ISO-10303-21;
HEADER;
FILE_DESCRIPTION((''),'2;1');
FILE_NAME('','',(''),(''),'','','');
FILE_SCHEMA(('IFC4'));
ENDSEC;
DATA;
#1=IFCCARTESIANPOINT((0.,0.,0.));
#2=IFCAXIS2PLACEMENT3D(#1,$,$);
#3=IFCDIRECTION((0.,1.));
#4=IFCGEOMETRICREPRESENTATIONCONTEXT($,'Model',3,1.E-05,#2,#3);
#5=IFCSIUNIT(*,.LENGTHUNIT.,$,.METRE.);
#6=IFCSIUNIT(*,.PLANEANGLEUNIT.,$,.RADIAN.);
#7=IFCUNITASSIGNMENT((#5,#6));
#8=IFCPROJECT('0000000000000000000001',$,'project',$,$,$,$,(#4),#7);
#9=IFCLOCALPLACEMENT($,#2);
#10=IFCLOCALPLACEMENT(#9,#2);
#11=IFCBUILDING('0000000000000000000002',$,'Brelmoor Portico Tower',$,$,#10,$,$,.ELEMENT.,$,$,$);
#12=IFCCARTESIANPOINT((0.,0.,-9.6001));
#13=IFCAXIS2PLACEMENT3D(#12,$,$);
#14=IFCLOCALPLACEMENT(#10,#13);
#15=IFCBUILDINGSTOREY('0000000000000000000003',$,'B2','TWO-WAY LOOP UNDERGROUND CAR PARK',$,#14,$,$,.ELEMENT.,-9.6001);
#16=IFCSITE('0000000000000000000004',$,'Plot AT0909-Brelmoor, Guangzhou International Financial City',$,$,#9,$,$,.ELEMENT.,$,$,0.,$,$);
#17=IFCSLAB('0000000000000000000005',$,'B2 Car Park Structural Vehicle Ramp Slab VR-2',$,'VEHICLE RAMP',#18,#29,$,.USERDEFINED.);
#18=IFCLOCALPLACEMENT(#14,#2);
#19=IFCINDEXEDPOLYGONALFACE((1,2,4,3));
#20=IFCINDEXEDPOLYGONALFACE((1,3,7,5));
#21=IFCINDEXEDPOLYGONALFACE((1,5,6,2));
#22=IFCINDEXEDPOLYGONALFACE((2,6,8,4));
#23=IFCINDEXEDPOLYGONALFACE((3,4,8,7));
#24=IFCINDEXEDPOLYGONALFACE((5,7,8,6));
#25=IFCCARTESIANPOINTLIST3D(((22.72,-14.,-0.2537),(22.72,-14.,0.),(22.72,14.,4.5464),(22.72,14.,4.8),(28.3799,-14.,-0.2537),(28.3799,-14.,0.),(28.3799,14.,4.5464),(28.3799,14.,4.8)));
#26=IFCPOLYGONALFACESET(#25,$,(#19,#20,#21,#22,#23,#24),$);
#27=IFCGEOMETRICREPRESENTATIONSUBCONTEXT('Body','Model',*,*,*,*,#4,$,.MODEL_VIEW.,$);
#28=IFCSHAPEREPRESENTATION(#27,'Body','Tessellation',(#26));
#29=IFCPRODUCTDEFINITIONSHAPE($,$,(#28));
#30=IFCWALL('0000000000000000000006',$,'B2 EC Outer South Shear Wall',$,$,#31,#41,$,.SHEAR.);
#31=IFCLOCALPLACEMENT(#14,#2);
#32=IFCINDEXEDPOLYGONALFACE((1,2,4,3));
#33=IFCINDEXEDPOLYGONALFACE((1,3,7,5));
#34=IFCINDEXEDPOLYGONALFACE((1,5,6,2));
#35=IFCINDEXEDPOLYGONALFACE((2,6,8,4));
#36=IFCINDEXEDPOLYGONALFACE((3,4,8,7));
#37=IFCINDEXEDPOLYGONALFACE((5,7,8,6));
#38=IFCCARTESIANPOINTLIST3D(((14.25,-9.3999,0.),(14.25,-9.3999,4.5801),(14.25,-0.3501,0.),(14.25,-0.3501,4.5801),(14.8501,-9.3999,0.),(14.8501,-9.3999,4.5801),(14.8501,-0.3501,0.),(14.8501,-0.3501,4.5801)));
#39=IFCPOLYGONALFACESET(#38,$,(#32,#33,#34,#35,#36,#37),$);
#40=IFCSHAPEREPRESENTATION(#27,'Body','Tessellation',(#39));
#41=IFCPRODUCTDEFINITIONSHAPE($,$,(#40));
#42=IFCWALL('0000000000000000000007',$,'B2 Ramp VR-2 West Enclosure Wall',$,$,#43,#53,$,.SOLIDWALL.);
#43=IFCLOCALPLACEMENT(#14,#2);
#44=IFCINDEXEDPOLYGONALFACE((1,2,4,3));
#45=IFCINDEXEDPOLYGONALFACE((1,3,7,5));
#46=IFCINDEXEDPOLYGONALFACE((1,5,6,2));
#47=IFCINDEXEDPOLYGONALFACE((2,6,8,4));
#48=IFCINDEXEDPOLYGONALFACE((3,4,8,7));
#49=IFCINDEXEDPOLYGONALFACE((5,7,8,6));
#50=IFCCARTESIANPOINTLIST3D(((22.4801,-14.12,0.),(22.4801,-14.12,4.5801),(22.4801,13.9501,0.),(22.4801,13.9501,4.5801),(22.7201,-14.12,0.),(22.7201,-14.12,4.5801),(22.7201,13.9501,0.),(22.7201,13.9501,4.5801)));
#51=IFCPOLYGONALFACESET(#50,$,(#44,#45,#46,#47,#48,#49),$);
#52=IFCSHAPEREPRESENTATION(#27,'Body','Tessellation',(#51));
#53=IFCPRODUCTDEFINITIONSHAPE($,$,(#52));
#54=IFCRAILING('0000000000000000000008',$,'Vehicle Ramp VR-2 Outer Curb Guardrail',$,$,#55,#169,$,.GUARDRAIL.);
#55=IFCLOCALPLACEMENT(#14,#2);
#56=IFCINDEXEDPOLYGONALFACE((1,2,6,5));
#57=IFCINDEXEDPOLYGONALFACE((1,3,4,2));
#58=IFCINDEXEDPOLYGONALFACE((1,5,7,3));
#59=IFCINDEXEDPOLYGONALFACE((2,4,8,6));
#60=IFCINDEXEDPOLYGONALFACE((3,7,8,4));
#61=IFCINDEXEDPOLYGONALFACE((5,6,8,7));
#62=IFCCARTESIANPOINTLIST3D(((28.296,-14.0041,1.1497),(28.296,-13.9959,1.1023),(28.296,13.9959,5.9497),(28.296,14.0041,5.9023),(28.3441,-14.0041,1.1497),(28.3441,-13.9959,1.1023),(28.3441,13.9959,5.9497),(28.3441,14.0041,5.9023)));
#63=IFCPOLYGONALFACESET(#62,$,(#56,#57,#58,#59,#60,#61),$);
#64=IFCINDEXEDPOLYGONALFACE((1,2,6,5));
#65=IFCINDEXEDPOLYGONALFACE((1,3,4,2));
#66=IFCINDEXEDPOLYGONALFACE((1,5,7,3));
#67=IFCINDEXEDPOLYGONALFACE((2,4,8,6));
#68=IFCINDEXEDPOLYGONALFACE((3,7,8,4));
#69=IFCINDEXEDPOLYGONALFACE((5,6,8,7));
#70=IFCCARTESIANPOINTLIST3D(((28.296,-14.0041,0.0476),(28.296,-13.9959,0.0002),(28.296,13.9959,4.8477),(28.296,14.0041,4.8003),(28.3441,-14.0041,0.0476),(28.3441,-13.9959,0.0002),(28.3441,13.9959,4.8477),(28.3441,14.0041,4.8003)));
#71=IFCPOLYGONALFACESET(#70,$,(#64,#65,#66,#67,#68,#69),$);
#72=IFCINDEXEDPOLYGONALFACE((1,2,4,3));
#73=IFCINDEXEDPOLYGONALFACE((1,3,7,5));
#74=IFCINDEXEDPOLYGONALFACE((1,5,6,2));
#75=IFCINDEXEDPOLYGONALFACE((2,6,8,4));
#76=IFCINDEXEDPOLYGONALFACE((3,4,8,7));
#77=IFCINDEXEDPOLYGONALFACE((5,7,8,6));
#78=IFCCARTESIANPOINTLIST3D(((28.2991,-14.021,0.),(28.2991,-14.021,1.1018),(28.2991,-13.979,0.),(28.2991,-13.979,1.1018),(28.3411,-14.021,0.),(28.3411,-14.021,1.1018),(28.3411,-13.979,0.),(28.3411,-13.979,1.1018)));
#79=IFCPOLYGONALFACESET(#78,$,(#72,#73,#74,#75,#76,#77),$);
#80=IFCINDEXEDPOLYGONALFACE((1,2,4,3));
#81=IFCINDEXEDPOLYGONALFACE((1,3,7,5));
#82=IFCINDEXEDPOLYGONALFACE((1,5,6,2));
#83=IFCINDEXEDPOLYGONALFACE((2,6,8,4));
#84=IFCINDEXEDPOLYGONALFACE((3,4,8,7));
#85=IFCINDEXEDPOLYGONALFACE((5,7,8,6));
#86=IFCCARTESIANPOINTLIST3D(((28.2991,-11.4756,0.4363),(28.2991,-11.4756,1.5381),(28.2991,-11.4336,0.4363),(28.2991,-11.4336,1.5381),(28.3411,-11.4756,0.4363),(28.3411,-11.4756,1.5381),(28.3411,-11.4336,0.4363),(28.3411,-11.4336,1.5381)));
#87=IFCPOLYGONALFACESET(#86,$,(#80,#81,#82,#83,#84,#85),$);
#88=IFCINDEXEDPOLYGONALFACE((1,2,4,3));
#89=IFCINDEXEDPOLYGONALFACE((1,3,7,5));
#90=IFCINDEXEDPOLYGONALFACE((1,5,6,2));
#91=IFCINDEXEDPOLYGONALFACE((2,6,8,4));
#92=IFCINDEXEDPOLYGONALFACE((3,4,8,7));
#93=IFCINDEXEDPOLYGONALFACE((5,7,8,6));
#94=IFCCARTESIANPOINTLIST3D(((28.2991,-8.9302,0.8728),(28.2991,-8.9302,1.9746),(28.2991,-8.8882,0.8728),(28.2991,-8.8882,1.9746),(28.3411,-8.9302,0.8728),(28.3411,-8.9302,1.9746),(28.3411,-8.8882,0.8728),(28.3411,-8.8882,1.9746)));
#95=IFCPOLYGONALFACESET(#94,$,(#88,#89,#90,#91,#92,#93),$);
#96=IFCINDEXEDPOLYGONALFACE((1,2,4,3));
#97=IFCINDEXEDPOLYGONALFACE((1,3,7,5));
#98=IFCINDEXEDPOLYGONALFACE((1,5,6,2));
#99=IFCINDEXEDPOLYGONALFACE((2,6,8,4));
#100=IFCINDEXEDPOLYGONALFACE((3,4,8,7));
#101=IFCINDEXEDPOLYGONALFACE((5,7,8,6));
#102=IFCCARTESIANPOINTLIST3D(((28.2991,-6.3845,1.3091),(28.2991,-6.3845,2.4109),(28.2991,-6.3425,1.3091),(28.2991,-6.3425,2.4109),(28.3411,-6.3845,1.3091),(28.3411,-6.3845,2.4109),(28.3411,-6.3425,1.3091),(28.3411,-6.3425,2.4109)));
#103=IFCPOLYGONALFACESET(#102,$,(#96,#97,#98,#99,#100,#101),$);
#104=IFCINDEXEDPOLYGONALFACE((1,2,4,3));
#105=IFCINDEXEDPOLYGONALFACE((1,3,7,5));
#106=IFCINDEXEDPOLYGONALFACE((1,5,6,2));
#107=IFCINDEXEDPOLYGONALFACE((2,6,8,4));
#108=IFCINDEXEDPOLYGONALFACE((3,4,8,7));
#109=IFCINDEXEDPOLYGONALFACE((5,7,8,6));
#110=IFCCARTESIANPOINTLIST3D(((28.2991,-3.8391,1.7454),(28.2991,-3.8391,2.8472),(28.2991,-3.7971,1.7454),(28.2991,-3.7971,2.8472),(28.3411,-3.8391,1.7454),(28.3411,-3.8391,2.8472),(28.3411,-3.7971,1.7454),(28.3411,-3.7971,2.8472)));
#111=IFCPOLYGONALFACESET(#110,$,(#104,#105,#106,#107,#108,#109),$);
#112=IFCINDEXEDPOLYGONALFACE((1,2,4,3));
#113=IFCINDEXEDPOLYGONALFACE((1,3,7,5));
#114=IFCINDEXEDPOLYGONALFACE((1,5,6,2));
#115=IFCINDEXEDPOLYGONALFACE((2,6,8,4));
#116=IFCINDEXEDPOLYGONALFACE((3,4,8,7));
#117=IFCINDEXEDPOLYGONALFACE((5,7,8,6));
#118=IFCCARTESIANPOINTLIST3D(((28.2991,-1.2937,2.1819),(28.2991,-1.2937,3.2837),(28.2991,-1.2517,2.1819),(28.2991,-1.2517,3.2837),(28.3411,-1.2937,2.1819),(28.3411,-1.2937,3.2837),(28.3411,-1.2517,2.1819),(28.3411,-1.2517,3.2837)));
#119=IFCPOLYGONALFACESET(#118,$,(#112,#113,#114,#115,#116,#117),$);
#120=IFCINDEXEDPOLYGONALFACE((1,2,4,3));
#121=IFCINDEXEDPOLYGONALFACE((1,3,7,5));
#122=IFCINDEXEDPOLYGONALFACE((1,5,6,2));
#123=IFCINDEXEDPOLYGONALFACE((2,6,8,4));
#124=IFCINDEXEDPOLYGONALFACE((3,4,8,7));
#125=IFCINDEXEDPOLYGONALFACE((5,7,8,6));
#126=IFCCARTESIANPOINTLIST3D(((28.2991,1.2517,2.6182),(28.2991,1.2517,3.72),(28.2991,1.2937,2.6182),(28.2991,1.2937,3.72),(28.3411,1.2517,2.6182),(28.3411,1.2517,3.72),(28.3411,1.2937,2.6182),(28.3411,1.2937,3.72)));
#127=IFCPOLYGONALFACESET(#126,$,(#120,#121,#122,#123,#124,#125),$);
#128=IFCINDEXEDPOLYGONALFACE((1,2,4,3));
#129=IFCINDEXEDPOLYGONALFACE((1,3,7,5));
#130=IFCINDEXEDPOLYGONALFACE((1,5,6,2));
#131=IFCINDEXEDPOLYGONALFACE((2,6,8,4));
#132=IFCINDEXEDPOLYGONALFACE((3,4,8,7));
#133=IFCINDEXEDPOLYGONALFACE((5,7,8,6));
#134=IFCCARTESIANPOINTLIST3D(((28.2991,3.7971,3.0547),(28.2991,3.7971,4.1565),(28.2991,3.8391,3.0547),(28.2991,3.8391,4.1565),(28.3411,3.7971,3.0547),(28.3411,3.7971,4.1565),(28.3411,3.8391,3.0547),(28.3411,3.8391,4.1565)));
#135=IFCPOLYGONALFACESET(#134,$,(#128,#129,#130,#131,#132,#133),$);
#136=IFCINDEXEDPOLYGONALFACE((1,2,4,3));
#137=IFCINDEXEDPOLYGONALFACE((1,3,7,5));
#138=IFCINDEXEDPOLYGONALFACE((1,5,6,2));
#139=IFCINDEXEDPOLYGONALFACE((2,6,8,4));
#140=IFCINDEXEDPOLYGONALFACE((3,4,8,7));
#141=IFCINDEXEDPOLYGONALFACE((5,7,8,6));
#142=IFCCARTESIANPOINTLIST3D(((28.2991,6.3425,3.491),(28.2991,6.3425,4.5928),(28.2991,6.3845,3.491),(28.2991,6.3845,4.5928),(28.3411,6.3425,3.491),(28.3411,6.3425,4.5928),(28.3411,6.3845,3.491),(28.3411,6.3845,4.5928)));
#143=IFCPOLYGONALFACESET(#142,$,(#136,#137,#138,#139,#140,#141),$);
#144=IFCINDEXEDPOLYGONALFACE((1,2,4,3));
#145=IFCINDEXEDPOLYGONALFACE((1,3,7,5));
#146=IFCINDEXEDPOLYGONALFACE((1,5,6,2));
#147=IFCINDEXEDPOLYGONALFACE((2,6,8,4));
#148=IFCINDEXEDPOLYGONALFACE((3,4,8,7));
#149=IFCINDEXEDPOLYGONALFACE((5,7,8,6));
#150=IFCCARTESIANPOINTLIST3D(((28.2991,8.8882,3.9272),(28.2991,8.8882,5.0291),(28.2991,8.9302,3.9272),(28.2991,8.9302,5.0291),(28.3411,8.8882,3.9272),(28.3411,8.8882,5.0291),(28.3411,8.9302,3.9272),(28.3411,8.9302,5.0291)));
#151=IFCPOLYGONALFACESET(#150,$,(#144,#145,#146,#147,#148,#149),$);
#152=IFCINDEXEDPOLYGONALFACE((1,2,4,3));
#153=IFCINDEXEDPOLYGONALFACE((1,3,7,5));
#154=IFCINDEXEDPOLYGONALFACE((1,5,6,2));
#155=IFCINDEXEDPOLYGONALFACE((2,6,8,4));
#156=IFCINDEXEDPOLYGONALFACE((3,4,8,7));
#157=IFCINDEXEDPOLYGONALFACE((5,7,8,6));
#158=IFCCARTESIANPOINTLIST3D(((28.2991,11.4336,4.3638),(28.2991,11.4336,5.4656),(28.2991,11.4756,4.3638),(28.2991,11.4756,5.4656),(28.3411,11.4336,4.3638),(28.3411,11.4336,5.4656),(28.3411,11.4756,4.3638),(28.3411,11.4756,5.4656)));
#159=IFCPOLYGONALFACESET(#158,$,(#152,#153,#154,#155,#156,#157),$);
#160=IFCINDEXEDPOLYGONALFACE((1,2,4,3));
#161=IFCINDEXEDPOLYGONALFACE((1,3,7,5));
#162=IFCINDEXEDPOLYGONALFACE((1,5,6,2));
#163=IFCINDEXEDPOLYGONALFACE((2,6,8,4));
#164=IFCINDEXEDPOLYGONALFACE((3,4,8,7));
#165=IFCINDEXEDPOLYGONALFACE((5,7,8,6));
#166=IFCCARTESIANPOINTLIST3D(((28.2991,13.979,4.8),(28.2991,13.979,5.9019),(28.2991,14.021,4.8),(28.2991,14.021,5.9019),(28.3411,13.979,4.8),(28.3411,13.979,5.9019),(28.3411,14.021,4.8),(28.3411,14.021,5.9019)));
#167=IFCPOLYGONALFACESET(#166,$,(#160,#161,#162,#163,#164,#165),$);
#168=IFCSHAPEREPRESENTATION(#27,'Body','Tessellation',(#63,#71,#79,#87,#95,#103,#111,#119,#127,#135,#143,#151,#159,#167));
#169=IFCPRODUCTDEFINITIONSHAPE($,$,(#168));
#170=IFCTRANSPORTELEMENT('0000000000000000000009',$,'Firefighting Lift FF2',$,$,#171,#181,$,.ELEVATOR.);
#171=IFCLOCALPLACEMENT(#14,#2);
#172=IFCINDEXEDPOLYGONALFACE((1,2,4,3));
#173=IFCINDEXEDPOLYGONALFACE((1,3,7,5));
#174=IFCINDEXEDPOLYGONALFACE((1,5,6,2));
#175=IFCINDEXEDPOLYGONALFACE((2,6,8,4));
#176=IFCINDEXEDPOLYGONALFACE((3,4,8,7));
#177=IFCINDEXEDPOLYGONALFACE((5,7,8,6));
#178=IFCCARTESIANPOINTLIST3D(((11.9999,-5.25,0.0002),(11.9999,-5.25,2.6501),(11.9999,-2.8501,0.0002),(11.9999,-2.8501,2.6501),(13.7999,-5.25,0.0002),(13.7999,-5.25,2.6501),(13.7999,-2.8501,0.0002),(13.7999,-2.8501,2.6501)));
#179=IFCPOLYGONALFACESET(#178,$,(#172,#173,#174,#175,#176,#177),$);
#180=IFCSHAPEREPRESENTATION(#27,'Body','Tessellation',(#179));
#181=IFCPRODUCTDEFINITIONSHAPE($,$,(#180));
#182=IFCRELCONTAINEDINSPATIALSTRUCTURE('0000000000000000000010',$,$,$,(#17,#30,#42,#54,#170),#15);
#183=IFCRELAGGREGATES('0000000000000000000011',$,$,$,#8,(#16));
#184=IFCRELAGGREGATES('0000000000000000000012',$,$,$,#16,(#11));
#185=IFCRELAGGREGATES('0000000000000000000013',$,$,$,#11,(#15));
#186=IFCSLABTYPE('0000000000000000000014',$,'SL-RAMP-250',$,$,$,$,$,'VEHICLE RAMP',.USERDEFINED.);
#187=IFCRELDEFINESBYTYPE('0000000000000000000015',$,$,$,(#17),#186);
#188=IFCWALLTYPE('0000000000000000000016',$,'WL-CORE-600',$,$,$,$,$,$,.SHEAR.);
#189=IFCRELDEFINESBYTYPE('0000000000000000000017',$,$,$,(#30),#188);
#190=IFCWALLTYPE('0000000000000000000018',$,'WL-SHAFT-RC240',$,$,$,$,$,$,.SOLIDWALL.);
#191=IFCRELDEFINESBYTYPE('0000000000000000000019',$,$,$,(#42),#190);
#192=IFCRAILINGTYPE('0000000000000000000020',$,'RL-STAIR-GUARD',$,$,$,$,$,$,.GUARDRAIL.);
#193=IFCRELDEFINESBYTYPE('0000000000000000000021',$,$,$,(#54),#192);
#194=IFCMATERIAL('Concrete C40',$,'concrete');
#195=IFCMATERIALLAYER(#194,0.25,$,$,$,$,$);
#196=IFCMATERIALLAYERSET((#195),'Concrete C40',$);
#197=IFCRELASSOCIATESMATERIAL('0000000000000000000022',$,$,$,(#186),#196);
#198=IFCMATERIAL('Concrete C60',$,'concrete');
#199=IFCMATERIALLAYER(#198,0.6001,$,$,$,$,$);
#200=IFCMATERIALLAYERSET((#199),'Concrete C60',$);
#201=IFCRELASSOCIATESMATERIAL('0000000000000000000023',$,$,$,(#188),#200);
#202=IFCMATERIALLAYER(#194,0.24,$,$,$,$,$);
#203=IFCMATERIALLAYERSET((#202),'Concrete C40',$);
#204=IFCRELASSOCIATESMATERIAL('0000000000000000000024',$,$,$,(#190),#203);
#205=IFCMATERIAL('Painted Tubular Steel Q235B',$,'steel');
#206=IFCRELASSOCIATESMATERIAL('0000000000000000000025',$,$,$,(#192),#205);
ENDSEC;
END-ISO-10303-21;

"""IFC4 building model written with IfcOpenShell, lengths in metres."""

from ifc_helpers import new_model, si_unit, direction, frame, frame_2d, origin, origin_2d, place, context, subcontext, project, spatial, polyline, rectangle, outline, extrude, material, layer, layer_set, type_object, element, save


model = new_model("IFC4")

# Units and contexts
model_context = context("Model", 3, precision=1e-05, world=origin(), true_north=direction((0.0, 1.0)))
body_context = subcontext(model_context, "Body", "Model", "MODEL_VIEW")
ifc_project = project(units=[si_unit("LENGTHUNIT", "METRE"), si_unit("PLANEANGLEUNIT", "RADIAN")], contexts=[model_context])

# Site, building, storey
site_placement = place(None, origin())
site = spatial("IfcSite", under=ifc_project, at=site_placement, Name="Plot AT0909-Brelmoor, Guangzhou International Financial City", CompositionType="ELEMENT", RefElevation=0.0)
building_placement = place(site_placement, origin())
building = spatial("IfcBuilding", under=site, at=building_placement, Name="Brelmoor Portico Tower", CompositionType="ELEMENT")
storey_placement = place(building_placement, frame((0.0, 0.0, -9.6001)))
storey = spatial("IfcBuildingStorey", under=building, at=storey_placement, Name="B2", Description="TWO-WAY LOOP UNDERGROUND CAR PARK", CompositionType="ELEMENT", Elevation=-9.6001)

# Slab
ifc_material_1 = material(Name="Concrete C40", Category="concrete")
ifc_layer_1 = layer(ifc_material_1, 0.25)
ifc_layer_set_1 = layer_set([ifc_layer_1], Name="Concrete C40")
slab_type = type_object("IfcSlabType", Name="SL-RAMP-250", ElementType="VEHICLE RAMP", PredefinedType="USERDEFINED", material=ifc_layer_set_1)
slab_placement = place(storey_placement, frame((22.72, -14.0, 0.0), z_axis=(0.0, -0.168965, 0.985622), x_axis=(1.0, 0.0, 0.0)))
element("IfcSlab", 1, at=slab_placement, inside=storey, type_object=slab_type, Name="B2 Car Park Structural Vehicle Ramp Slab VR-2", ObjectType="VEHICLE RAMP", PredefinedType="USERDEFINED", context=body_context, shape_type="SweptSolid", body=[
    extrude(outline(polyline([(0.0, 0.0), (5.6599, 0.0), (5.6599, 28.4085), (0.0, 28.4085), (0.0, 0.0)])), origin(), (0.0, -0.168965, -0.985622), 0.2537),
])

# Walls
ifc_material_2 = material(Name="Concrete C60", Category="concrete")
ifc_layer_2 = layer(ifc_material_2, 0.6001)
ifc_layer_set_2 = layer_set([ifc_layer_2], Name="Concrete C60")
wall_type_1 = type_object("IfcWallType", Name="WL-CORE-600", PredefinedType="SHEAR", material=ifc_layer_set_2)
wall_1_placement = place(storey_placement, frame((14.55, -9.3999, 0.0), z_axis=(0.0, 0.0, 1.0), x_axis=(0.0, 1.0, 0.0)))
element("IfcWall", 2, at=wall_1_placement, inside=storey, type_object=wall_type_1, Name="B2 EC Outer South Shear Wall", PredefinedType="SHEAR", context=body_context, shape_type="SweptSolid", body=[
    extrude(rectangle(XDim=9.0498, YDim=0.6001, at=frame_2d((4.5249, 0.0))), origin(), (0.0, 0.0, 1.0), 4.5801),
])
ifc_layer_3 = layer(ifc_material_1, 0.24)
ifc_layer_set_3 = layer_set([ifc_layer_3], Name="Concrete C40")
wall_type_2 = type_object("IfcWallType", Name="WL-SHAFT-RC240", PredefinedType="SOLIDWALL", material=ifc_layer_set_3)
wall_2_placement = place(storey_placement, frame((22.6001, -14.1201, 0.0), z_axis=(0.0, 0.0, 1.0), x_axis=(0.0, 1.0, 0.0)))
element("IfcWall", 3, at=wall_2_placement, inside=storey, type_object=wall_type_2, Name="B2 Ramp VR-2 West Enclosure Wall", PredefinedType="SOLIDWALL", context=body_context, shape_type="SweptSolid", body=[
    extrude(rectangle(XDim=28.0701, YDim=0.24, at=frame_2d((14.0352, 0.0))), origin(), (0.0, 0.0, 1.0), 4.5801),
])

# Railing
ifc_material_3 = material(Name="Painted Tubular Steel Q235B", Category="steel")
railing_type = type_object("IfcRailingType", Name="RL-STAIR-GUARD", PredefinedType="GUARDRAIL", material=ifc_material_3)
railing_placement = place(storey_placement, frame((28.3201, -14.0, 0.0)))
element("IfcRailing", 4, at=railing_placement, inside=storey, type_object=railing_type, Name="Vehicle Ramp VR-2 Outer Curb Guardrail", PredefinedType="GUARDRAIL", context=body_context, shape_type="SweptSolid", body=[
    extrude(rectangle(XDim=0.0481, YDim=0.0481, at=origin_2d()), frame((0.0, 0.0, 1.126), z_axis=(0.0, 0.985622, 0.168965), x_axis=(-1.0, 0.0, 0.0)), (0.0, 0.0, 1.0), 28.4084),
    extrude(rectangle(XDim=0.0481, YDim=0.0481, at=origin_2d()), frame((0.0, 0.0, 0.0239), z_axis=(0.0, 0.985622, 0.168965), x_axis=(-1.0, 0.0, 0.0)), (0.0, 0.0, 1.0), 28.4084),
    extrude(rectangle(XDim=0.042, YDim=0.042, at=origin_2d()), origin(), (0.0, 0.0, 1.0), 1.1018),
    extrude(rectangle(XDim=0.042, YDim=0.042, at=origin_2d()), frame((0.0, 2.5454, 0.4363)), (0.0, 0.0, 1.0), 1.1018),
    extrude(rectangle(XDim=0.042, YDim=0.042, at=origin_2d()), frame((0.0, 5.0908, 0.8728)), (0.0, 0.0, 1.0), 1.1018),
    extrude(rectangle(XDim=0.042, YDim=0.042, at=origin_2d()), frame((0.0, 7.6365, 1.3091)), (0.0, 0.0, 1.0), 1.1018),
    extrude(rectangle(XDim=0.042, YDim=0.042, at=origin_2d()), frame((0.0, 10.1819, 1.7454)), (0.0, 0.0, 1.0), 1.1018),
    extrude(rectangle(XDim=0.042, YDim=0.042, at=origin_2d()), frame((0.0, 12.7273, 2.1819)), (0.0, 0.0, 1.0), 1.1018),
    extrude(rectangle(XDim=0.042, YDim=0.042, at=origin_2d()), frame((0.0, 15.2727, 2.6182)), (0.0, 0.0, 1.0), 1.1018),
    extrude(rectangle(XDim=0.042, YDim=0.042, at=origin_2d()), frame((0.0, 17.8181, 3.0547)), (0.0, 0.0, 1.0), 1.1018),
    extrude(rectangle(XDim=0.042, YDim=0.042, at=origin_2d()), frame((0.0, 20.3635, 3.491)), (0.0, 0.0, 1.0), 1.1018),
    extrude(rectangle(XDim=0.042, YDim=0.042, at=origin_2d()), frame((0.0, 22.9092, 3.9272)), (0.0, 0.0, 1.0), 1.1018),
    extrude(rectangle(XDim=0.042, YDim=0.042, at=origin_2d()), frame((0.0, 25.4546, 4.3638)), (0.0, 0.0, 1.0), 1.1018),
    extrude(rectangle(XDim=0.042, YDim=0.042, at=origin_2d()), frame((0.0, 28.0, 4.8)), (0.0, 0.0, 1.0), 1.1018),
])

# Transport element
transport_element_placement = place(storey_placement, frame((12.8999, -4.05, 0.0002), z_axis=(0.0, 0.0, 1.0), x_axis=(1.0, 0.0, 0.0)))
element("IfcTransportElement", 5, at=transport_element_placement, inside=storey, Name="Firefighting Lift FF2", PredefinedType="ELEVATOR", context=body_context, shape_type="SweptSolid", body=[
    extrude(rectangle(XDim=1.8, YDim=2.3999, at=origin_2d()), origin(), (0.0, 0.0, 1.0), 2.6499),
])

save(model, "model.ifc")
